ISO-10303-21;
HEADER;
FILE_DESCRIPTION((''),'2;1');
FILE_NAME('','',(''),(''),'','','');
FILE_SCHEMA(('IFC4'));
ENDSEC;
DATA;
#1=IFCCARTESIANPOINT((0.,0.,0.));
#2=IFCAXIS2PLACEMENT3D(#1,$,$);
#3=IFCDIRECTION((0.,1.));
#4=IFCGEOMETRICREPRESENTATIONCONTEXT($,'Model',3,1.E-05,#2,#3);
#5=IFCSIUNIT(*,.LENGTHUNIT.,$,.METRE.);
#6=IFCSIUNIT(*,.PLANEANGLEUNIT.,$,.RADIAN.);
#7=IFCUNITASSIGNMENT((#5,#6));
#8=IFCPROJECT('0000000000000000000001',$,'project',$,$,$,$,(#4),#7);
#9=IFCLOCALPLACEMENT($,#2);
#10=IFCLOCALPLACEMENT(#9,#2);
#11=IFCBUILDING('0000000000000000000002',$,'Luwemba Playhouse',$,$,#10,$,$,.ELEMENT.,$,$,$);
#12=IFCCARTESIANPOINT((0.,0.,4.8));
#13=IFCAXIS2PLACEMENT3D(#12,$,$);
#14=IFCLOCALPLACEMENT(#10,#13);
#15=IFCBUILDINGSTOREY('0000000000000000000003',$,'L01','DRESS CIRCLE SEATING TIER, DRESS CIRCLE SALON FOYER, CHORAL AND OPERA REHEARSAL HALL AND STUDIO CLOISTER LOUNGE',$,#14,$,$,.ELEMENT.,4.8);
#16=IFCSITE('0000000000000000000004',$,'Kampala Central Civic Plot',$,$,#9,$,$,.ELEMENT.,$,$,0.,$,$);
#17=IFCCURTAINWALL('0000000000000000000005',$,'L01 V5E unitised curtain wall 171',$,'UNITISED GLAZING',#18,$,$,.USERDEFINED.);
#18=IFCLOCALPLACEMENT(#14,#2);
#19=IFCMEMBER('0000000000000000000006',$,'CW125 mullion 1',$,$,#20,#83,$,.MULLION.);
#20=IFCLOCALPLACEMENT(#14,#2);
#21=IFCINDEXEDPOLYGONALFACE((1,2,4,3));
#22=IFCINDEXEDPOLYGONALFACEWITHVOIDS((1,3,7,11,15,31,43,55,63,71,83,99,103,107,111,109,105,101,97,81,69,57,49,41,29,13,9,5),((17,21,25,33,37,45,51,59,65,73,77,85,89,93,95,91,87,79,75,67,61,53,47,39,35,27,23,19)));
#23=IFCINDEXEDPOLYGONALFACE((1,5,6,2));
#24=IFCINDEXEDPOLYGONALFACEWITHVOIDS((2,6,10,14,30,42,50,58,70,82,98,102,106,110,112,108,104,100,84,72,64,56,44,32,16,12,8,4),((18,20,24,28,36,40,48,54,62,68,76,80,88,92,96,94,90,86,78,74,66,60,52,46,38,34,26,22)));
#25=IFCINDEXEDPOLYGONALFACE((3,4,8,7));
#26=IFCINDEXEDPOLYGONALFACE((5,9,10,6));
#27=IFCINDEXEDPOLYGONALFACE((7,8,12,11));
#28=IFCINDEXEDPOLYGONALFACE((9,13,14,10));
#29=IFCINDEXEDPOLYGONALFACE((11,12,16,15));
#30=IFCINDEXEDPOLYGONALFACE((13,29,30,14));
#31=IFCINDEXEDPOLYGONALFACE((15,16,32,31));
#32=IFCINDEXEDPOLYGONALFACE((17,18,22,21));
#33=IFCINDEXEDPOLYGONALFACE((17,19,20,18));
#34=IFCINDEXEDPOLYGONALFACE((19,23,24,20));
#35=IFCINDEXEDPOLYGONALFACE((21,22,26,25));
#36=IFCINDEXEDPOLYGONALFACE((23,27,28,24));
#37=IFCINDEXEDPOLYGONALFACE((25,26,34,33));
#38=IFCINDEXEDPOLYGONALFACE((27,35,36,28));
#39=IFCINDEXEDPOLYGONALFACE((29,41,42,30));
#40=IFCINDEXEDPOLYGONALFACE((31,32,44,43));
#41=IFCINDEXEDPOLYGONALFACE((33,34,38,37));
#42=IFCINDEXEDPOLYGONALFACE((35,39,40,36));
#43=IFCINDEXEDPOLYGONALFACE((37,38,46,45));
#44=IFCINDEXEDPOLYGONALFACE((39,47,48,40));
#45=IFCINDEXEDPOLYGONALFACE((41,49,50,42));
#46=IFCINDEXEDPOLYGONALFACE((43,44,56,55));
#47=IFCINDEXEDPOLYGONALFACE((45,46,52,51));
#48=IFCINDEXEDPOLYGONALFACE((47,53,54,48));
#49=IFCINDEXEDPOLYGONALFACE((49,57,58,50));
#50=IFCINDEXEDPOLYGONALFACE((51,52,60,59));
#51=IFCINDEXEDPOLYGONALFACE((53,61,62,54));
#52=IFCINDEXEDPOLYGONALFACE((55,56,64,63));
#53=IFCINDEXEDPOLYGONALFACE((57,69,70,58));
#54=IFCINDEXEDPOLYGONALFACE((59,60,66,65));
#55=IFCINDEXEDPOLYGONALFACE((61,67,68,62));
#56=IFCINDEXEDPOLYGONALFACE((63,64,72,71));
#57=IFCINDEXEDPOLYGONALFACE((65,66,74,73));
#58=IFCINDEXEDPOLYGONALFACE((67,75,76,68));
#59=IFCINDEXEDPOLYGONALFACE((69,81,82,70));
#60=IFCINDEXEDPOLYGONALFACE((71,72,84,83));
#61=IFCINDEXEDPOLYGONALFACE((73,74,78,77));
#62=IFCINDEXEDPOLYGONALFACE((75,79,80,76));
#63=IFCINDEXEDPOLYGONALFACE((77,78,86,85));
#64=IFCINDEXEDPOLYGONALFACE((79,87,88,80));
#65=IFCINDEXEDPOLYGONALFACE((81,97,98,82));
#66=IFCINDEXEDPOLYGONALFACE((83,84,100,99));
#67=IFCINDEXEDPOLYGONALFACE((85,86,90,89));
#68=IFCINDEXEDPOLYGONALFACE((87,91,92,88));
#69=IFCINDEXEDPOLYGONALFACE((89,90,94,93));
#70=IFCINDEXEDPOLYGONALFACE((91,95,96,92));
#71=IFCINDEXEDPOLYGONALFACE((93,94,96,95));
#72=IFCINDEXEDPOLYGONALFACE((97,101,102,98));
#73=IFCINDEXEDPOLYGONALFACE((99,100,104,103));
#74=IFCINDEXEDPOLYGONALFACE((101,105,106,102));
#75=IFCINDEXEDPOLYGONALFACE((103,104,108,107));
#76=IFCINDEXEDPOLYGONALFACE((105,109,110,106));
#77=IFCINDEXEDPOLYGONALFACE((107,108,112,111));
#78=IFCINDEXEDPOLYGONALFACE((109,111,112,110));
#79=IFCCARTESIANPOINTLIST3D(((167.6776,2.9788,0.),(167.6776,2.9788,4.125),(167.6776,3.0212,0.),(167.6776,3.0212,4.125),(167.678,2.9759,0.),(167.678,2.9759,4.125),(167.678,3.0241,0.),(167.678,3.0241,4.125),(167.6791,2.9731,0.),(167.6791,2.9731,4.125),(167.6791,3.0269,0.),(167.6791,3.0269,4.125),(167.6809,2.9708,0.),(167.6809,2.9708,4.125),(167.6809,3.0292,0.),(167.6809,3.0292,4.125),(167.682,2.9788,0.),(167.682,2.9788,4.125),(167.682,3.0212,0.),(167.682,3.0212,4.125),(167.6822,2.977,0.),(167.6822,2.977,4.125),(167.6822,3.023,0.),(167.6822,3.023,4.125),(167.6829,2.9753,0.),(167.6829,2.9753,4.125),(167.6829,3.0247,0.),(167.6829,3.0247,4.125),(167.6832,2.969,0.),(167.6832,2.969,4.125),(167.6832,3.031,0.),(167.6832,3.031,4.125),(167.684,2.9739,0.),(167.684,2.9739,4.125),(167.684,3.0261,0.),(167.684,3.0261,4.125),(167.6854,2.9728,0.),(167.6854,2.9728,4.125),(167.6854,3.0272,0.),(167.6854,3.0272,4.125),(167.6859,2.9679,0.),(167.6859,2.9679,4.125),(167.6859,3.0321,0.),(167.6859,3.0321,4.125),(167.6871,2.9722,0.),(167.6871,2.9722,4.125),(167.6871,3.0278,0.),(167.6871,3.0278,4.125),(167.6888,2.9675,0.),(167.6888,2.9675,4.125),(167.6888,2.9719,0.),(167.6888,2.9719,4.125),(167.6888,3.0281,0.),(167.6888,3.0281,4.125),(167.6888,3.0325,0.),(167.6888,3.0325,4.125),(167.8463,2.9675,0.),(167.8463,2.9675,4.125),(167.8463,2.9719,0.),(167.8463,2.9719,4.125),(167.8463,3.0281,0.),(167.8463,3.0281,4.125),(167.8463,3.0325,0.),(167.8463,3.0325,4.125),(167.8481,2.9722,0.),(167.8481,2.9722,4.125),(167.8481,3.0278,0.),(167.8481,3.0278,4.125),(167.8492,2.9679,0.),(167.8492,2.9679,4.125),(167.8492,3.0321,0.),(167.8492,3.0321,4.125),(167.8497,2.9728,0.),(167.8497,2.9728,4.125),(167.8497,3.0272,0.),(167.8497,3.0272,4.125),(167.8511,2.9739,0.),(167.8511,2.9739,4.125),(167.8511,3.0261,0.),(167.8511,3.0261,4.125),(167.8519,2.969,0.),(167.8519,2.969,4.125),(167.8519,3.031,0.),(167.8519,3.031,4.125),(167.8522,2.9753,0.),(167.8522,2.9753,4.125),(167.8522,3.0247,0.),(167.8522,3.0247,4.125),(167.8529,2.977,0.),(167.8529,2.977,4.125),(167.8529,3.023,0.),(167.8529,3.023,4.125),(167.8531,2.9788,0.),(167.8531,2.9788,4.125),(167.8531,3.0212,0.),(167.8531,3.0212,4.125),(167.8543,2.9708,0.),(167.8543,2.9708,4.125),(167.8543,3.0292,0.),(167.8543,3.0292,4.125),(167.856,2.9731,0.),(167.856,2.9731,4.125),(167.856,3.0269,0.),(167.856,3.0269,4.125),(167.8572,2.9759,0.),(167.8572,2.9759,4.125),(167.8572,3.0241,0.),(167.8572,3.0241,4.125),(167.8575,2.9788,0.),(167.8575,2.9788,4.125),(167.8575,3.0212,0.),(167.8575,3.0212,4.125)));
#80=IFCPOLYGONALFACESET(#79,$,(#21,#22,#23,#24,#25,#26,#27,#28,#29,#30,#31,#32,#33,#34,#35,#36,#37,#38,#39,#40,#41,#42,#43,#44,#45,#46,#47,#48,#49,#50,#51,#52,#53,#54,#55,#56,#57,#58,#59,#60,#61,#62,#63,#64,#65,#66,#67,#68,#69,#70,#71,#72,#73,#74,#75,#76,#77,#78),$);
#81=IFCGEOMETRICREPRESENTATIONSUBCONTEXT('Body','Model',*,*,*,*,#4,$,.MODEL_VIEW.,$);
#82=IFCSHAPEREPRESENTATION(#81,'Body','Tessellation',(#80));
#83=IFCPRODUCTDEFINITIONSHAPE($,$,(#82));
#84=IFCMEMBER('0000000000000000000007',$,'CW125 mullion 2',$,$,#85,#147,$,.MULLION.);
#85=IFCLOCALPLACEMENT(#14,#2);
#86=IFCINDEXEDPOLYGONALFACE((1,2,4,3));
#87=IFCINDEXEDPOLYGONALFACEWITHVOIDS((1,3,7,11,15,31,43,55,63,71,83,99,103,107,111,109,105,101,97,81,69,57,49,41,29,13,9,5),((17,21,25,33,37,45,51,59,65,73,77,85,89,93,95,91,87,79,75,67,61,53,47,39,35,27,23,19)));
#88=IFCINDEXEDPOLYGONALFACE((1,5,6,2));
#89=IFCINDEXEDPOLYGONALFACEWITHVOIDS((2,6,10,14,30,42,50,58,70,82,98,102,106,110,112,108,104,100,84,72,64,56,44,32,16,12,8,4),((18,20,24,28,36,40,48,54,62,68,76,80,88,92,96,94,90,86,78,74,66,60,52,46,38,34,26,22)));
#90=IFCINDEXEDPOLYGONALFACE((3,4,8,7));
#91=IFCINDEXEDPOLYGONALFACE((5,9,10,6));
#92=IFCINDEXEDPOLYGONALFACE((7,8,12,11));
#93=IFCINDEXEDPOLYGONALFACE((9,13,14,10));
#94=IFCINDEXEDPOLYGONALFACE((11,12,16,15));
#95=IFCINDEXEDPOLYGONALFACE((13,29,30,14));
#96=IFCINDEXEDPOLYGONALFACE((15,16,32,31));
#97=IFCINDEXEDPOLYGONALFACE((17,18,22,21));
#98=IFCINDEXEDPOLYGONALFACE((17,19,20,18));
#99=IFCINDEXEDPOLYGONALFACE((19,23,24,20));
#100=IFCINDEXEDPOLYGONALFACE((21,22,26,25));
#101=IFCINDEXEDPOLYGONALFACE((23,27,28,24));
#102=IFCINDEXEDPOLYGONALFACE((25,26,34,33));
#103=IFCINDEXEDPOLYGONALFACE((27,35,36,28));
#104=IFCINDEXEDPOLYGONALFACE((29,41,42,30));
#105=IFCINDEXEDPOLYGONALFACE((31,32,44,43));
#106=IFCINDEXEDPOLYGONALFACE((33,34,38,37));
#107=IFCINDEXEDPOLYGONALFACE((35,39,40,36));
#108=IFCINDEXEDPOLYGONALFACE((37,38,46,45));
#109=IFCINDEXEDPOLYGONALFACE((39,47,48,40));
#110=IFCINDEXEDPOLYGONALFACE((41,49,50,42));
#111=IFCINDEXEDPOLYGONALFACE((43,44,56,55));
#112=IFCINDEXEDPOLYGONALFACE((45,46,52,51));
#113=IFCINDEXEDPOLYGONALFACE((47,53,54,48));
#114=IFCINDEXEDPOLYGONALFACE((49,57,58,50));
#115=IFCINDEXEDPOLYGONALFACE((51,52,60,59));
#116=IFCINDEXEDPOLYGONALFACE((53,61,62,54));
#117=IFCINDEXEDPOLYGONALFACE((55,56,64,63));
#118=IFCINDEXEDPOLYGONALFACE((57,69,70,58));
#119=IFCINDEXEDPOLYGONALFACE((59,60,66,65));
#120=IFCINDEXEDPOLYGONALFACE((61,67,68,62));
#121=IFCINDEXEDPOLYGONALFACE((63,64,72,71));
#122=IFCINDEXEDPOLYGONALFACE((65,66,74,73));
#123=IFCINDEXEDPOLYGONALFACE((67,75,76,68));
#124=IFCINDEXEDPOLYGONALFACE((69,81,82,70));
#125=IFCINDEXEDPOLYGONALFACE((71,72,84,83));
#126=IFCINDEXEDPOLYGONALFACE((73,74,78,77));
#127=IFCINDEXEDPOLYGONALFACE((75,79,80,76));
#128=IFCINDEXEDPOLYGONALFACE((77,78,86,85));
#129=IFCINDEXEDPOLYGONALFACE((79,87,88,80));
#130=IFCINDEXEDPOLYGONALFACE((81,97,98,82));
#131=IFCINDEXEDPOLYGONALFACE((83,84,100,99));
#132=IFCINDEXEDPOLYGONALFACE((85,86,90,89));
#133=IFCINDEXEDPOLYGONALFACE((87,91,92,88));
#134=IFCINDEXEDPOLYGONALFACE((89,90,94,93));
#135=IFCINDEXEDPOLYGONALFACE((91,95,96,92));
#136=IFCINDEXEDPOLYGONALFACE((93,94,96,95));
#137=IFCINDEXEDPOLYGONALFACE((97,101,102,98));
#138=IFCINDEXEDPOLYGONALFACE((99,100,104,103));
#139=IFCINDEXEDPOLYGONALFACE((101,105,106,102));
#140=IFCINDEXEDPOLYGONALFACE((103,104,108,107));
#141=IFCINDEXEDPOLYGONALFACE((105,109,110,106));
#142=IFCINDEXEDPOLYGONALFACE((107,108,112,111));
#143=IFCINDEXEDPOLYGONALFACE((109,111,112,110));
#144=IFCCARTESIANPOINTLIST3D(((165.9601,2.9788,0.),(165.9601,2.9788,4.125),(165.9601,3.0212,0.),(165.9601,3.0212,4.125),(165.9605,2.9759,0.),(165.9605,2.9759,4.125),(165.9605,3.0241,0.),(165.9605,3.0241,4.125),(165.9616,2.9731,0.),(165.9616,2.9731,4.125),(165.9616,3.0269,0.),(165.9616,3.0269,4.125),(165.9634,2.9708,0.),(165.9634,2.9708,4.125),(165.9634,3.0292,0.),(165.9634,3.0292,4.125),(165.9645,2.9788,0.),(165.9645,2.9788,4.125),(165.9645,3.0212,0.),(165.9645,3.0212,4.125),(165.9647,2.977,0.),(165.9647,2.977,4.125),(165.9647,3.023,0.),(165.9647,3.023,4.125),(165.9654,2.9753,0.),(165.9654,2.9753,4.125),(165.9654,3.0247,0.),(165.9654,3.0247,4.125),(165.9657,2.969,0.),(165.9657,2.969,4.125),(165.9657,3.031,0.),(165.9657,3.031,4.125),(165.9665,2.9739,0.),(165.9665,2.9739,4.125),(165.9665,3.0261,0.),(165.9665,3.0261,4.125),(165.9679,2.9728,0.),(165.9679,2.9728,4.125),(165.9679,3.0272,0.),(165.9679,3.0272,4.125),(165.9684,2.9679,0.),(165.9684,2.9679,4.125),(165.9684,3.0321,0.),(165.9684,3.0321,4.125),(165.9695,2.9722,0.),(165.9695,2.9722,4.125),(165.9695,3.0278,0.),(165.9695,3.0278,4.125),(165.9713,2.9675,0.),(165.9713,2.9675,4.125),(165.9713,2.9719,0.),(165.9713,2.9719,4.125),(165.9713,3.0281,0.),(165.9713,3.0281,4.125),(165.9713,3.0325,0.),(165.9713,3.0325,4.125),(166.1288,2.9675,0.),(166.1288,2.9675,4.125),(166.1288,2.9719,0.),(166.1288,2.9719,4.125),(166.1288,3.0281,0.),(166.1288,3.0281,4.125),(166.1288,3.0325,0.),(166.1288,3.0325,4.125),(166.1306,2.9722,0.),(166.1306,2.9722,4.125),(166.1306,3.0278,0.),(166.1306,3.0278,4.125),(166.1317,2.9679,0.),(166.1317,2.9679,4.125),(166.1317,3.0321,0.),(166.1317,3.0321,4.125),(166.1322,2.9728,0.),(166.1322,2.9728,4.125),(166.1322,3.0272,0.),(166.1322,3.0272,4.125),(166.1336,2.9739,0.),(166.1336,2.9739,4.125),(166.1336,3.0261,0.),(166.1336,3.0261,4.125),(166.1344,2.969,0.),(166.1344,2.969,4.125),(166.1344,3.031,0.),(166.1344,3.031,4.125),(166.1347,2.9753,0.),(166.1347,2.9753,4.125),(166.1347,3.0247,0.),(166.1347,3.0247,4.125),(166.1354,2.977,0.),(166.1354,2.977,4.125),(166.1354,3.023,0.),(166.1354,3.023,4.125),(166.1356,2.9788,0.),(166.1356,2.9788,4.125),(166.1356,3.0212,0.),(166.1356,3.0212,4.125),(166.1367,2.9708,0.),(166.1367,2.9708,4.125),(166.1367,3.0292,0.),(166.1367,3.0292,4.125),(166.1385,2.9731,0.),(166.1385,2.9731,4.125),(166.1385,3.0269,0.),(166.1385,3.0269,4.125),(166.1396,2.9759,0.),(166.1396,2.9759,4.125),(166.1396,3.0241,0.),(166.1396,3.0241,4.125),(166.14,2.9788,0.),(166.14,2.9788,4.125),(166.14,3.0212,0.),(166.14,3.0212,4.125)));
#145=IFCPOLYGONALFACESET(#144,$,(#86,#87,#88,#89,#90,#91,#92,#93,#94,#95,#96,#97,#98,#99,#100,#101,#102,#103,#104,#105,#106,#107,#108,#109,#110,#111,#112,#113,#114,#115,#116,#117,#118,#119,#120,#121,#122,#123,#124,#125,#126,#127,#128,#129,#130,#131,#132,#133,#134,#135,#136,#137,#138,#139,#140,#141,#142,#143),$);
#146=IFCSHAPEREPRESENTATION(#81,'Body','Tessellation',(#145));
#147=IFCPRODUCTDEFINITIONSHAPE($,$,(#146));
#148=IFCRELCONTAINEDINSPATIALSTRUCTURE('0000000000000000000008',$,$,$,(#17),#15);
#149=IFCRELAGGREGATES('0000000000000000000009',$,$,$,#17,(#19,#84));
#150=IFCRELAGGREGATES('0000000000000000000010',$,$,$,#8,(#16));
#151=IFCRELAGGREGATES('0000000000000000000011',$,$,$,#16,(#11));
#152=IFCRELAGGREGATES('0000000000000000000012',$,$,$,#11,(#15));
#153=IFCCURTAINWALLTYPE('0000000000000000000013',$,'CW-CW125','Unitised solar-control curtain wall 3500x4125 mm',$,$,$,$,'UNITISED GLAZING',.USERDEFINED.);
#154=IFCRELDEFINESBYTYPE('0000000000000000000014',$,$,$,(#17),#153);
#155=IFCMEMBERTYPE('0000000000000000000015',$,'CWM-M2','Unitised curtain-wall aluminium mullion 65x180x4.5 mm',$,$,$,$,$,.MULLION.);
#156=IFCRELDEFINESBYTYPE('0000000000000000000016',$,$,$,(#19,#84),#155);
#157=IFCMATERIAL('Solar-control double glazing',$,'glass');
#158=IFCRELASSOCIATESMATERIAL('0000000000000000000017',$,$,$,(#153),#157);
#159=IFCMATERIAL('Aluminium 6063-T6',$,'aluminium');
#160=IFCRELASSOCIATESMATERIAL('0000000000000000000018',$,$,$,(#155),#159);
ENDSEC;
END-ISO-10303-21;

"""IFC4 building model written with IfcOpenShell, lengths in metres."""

from ifc_helpers import new_model, si_unit, direction, frame, origin, origin_2d, place, context, subcontext, project, spatial, hollow_rectangle, extrude, material, material_profile, profile_set, type_object, element, aggregate, save


model = new_model("IFC4")

# Units and contexts
model_context = context("Model", 3, precision=1e-05, world=origin(), true_north=direction((0.0, 1.0)))
body_context = subcontext(model_context, "Body", "Model", "MODEL_VIEW")
ifc_project = project(units=[si_unit("LENGTHUNIT", "METRE"), si_unit("PLANEANGLEUNIT", "RADIAN")], contexts=[model_context])

# Site, building, storey
site_placement = place(None, origin())
site = spatial("IfcSite", under=ifc_project, at=site_placement, Name="Kampala Central Civic Plot", CompositionType="ELEMENT", RefElevation=0.0)
building_placement = place(site_placement, origin())
building = spatial("IfcBuilding", under=site, at=building_placement, Name="Luwemba Playhouse", CompositionType="ELEMENT")
storey_placement = place(building_placement, frame((0.0, 0.0, 4.8)))
storey = spatial("IfcBuildingStorey", under=building, at=storey_placement, Name="L01", Description="DRESS CIRCLE SEATING TIER, DRESS CIRCLE SALON FOYER, CHORAL AND OPERA REHEARSAL HALL AND STUDIO CLOISTER LOUNGE", CompositionType="ELEMENT", Elevation=4.8)

# Shared definitions
ifc_material_1 = material(Name="Solar-control double glazing", Category="glass")
ifc_material_2 = material(Name="Aluminium 6063-T6", Category="aluminium")

# Curtain wall, members
curtain_wall_type_1 = type_object("IfcCurtainWallType", Name="CW-CW125", Description="Unitised solar-control curtain wall 3500x4125 mm", ElementType="UNITISED GLAZING", PredefinedType="USERDEFINED", material=ifc_material_1)
curtain_wall_1_placement = place(storey_placement, origin())
curtain_wall_1 = element("IfcCurtainWall", 1, at=curtain_wall_1_placement, inside=storey, type_object=curtain_wall_type_1, Name="L01 V5E unitised curtain wall 171", ObjectType="UNITISED GLAZING", PredefinedType="USERDEFINED")
ifc_material_profile_1 = material_profile(ifc_material_2, hollow_rectangle(XDim=0.0649, YDim=0.1799, WallThickness=0.0044, InnerFilletRadius=0.0068, OuterFilletRadius=0.0112, at=origin_2d()))
ifc_profile_set_1 = profile_set([ifc_material_profile_1], Name="Aluminium 6063-T6")
member_type_1 = type_object("IfcMemberType", Name="CWM-M2", Description="Unitised curtain-wall aluminium mullion 65x180x4.5 mm", PredefinedType="MULLION", material=ifc_profile_set_1)
member_1_placement = place(storey_placement, frame((167.7676, 3.0, 0.0), z_axis=(0.0, 0.0, 1.0), x_axis=(0.0, -1.0, 0.0)))
member_1 = element("IfcMember", 2, at=member_1_placement, type_object=member_type_1, Name="CW125 mullion 1", PredefinedType="MULLION", context=body_context, shape_type="SweptSolid", body=[
    extrude(hollow_rectangle(XDim=0.0649, YDim=0.1799, WallThickness=0.0044, InnerFilletRadius=0.0068, OuterFilletRadius=0.0112, at=origin_2d()), origin(), (0.0, 0.0, 1.0), 4.125),
])
member_2_placement = place(storey_placement, frame((166.05, 3.0, 0.0), z_axis=(0.0, 0.0, 1.0), x_axis=(0.0, -1.0, 0.0)))
member_2 = element("IfcMember", 3, at=member_2_placement, type_object=member_type_1, Name="CW125 mullion 2", PredefinedType="MULLION", context=body_context, shape_type="SweptSolid", body=[
    extrude(hollow_rectangle(XDim=0.0649, YDim=0.1799, WallThickness=0.0044, InnerFilletRadius=0.0068, OuterFilletRadius=0.0112, at=origin_2d()), origin(), (0.0, 0.0, 1.0), 4.125),
])

aggregate(curtain_wall_1, [member_1, member_2])

save(model, "model.ifc")
